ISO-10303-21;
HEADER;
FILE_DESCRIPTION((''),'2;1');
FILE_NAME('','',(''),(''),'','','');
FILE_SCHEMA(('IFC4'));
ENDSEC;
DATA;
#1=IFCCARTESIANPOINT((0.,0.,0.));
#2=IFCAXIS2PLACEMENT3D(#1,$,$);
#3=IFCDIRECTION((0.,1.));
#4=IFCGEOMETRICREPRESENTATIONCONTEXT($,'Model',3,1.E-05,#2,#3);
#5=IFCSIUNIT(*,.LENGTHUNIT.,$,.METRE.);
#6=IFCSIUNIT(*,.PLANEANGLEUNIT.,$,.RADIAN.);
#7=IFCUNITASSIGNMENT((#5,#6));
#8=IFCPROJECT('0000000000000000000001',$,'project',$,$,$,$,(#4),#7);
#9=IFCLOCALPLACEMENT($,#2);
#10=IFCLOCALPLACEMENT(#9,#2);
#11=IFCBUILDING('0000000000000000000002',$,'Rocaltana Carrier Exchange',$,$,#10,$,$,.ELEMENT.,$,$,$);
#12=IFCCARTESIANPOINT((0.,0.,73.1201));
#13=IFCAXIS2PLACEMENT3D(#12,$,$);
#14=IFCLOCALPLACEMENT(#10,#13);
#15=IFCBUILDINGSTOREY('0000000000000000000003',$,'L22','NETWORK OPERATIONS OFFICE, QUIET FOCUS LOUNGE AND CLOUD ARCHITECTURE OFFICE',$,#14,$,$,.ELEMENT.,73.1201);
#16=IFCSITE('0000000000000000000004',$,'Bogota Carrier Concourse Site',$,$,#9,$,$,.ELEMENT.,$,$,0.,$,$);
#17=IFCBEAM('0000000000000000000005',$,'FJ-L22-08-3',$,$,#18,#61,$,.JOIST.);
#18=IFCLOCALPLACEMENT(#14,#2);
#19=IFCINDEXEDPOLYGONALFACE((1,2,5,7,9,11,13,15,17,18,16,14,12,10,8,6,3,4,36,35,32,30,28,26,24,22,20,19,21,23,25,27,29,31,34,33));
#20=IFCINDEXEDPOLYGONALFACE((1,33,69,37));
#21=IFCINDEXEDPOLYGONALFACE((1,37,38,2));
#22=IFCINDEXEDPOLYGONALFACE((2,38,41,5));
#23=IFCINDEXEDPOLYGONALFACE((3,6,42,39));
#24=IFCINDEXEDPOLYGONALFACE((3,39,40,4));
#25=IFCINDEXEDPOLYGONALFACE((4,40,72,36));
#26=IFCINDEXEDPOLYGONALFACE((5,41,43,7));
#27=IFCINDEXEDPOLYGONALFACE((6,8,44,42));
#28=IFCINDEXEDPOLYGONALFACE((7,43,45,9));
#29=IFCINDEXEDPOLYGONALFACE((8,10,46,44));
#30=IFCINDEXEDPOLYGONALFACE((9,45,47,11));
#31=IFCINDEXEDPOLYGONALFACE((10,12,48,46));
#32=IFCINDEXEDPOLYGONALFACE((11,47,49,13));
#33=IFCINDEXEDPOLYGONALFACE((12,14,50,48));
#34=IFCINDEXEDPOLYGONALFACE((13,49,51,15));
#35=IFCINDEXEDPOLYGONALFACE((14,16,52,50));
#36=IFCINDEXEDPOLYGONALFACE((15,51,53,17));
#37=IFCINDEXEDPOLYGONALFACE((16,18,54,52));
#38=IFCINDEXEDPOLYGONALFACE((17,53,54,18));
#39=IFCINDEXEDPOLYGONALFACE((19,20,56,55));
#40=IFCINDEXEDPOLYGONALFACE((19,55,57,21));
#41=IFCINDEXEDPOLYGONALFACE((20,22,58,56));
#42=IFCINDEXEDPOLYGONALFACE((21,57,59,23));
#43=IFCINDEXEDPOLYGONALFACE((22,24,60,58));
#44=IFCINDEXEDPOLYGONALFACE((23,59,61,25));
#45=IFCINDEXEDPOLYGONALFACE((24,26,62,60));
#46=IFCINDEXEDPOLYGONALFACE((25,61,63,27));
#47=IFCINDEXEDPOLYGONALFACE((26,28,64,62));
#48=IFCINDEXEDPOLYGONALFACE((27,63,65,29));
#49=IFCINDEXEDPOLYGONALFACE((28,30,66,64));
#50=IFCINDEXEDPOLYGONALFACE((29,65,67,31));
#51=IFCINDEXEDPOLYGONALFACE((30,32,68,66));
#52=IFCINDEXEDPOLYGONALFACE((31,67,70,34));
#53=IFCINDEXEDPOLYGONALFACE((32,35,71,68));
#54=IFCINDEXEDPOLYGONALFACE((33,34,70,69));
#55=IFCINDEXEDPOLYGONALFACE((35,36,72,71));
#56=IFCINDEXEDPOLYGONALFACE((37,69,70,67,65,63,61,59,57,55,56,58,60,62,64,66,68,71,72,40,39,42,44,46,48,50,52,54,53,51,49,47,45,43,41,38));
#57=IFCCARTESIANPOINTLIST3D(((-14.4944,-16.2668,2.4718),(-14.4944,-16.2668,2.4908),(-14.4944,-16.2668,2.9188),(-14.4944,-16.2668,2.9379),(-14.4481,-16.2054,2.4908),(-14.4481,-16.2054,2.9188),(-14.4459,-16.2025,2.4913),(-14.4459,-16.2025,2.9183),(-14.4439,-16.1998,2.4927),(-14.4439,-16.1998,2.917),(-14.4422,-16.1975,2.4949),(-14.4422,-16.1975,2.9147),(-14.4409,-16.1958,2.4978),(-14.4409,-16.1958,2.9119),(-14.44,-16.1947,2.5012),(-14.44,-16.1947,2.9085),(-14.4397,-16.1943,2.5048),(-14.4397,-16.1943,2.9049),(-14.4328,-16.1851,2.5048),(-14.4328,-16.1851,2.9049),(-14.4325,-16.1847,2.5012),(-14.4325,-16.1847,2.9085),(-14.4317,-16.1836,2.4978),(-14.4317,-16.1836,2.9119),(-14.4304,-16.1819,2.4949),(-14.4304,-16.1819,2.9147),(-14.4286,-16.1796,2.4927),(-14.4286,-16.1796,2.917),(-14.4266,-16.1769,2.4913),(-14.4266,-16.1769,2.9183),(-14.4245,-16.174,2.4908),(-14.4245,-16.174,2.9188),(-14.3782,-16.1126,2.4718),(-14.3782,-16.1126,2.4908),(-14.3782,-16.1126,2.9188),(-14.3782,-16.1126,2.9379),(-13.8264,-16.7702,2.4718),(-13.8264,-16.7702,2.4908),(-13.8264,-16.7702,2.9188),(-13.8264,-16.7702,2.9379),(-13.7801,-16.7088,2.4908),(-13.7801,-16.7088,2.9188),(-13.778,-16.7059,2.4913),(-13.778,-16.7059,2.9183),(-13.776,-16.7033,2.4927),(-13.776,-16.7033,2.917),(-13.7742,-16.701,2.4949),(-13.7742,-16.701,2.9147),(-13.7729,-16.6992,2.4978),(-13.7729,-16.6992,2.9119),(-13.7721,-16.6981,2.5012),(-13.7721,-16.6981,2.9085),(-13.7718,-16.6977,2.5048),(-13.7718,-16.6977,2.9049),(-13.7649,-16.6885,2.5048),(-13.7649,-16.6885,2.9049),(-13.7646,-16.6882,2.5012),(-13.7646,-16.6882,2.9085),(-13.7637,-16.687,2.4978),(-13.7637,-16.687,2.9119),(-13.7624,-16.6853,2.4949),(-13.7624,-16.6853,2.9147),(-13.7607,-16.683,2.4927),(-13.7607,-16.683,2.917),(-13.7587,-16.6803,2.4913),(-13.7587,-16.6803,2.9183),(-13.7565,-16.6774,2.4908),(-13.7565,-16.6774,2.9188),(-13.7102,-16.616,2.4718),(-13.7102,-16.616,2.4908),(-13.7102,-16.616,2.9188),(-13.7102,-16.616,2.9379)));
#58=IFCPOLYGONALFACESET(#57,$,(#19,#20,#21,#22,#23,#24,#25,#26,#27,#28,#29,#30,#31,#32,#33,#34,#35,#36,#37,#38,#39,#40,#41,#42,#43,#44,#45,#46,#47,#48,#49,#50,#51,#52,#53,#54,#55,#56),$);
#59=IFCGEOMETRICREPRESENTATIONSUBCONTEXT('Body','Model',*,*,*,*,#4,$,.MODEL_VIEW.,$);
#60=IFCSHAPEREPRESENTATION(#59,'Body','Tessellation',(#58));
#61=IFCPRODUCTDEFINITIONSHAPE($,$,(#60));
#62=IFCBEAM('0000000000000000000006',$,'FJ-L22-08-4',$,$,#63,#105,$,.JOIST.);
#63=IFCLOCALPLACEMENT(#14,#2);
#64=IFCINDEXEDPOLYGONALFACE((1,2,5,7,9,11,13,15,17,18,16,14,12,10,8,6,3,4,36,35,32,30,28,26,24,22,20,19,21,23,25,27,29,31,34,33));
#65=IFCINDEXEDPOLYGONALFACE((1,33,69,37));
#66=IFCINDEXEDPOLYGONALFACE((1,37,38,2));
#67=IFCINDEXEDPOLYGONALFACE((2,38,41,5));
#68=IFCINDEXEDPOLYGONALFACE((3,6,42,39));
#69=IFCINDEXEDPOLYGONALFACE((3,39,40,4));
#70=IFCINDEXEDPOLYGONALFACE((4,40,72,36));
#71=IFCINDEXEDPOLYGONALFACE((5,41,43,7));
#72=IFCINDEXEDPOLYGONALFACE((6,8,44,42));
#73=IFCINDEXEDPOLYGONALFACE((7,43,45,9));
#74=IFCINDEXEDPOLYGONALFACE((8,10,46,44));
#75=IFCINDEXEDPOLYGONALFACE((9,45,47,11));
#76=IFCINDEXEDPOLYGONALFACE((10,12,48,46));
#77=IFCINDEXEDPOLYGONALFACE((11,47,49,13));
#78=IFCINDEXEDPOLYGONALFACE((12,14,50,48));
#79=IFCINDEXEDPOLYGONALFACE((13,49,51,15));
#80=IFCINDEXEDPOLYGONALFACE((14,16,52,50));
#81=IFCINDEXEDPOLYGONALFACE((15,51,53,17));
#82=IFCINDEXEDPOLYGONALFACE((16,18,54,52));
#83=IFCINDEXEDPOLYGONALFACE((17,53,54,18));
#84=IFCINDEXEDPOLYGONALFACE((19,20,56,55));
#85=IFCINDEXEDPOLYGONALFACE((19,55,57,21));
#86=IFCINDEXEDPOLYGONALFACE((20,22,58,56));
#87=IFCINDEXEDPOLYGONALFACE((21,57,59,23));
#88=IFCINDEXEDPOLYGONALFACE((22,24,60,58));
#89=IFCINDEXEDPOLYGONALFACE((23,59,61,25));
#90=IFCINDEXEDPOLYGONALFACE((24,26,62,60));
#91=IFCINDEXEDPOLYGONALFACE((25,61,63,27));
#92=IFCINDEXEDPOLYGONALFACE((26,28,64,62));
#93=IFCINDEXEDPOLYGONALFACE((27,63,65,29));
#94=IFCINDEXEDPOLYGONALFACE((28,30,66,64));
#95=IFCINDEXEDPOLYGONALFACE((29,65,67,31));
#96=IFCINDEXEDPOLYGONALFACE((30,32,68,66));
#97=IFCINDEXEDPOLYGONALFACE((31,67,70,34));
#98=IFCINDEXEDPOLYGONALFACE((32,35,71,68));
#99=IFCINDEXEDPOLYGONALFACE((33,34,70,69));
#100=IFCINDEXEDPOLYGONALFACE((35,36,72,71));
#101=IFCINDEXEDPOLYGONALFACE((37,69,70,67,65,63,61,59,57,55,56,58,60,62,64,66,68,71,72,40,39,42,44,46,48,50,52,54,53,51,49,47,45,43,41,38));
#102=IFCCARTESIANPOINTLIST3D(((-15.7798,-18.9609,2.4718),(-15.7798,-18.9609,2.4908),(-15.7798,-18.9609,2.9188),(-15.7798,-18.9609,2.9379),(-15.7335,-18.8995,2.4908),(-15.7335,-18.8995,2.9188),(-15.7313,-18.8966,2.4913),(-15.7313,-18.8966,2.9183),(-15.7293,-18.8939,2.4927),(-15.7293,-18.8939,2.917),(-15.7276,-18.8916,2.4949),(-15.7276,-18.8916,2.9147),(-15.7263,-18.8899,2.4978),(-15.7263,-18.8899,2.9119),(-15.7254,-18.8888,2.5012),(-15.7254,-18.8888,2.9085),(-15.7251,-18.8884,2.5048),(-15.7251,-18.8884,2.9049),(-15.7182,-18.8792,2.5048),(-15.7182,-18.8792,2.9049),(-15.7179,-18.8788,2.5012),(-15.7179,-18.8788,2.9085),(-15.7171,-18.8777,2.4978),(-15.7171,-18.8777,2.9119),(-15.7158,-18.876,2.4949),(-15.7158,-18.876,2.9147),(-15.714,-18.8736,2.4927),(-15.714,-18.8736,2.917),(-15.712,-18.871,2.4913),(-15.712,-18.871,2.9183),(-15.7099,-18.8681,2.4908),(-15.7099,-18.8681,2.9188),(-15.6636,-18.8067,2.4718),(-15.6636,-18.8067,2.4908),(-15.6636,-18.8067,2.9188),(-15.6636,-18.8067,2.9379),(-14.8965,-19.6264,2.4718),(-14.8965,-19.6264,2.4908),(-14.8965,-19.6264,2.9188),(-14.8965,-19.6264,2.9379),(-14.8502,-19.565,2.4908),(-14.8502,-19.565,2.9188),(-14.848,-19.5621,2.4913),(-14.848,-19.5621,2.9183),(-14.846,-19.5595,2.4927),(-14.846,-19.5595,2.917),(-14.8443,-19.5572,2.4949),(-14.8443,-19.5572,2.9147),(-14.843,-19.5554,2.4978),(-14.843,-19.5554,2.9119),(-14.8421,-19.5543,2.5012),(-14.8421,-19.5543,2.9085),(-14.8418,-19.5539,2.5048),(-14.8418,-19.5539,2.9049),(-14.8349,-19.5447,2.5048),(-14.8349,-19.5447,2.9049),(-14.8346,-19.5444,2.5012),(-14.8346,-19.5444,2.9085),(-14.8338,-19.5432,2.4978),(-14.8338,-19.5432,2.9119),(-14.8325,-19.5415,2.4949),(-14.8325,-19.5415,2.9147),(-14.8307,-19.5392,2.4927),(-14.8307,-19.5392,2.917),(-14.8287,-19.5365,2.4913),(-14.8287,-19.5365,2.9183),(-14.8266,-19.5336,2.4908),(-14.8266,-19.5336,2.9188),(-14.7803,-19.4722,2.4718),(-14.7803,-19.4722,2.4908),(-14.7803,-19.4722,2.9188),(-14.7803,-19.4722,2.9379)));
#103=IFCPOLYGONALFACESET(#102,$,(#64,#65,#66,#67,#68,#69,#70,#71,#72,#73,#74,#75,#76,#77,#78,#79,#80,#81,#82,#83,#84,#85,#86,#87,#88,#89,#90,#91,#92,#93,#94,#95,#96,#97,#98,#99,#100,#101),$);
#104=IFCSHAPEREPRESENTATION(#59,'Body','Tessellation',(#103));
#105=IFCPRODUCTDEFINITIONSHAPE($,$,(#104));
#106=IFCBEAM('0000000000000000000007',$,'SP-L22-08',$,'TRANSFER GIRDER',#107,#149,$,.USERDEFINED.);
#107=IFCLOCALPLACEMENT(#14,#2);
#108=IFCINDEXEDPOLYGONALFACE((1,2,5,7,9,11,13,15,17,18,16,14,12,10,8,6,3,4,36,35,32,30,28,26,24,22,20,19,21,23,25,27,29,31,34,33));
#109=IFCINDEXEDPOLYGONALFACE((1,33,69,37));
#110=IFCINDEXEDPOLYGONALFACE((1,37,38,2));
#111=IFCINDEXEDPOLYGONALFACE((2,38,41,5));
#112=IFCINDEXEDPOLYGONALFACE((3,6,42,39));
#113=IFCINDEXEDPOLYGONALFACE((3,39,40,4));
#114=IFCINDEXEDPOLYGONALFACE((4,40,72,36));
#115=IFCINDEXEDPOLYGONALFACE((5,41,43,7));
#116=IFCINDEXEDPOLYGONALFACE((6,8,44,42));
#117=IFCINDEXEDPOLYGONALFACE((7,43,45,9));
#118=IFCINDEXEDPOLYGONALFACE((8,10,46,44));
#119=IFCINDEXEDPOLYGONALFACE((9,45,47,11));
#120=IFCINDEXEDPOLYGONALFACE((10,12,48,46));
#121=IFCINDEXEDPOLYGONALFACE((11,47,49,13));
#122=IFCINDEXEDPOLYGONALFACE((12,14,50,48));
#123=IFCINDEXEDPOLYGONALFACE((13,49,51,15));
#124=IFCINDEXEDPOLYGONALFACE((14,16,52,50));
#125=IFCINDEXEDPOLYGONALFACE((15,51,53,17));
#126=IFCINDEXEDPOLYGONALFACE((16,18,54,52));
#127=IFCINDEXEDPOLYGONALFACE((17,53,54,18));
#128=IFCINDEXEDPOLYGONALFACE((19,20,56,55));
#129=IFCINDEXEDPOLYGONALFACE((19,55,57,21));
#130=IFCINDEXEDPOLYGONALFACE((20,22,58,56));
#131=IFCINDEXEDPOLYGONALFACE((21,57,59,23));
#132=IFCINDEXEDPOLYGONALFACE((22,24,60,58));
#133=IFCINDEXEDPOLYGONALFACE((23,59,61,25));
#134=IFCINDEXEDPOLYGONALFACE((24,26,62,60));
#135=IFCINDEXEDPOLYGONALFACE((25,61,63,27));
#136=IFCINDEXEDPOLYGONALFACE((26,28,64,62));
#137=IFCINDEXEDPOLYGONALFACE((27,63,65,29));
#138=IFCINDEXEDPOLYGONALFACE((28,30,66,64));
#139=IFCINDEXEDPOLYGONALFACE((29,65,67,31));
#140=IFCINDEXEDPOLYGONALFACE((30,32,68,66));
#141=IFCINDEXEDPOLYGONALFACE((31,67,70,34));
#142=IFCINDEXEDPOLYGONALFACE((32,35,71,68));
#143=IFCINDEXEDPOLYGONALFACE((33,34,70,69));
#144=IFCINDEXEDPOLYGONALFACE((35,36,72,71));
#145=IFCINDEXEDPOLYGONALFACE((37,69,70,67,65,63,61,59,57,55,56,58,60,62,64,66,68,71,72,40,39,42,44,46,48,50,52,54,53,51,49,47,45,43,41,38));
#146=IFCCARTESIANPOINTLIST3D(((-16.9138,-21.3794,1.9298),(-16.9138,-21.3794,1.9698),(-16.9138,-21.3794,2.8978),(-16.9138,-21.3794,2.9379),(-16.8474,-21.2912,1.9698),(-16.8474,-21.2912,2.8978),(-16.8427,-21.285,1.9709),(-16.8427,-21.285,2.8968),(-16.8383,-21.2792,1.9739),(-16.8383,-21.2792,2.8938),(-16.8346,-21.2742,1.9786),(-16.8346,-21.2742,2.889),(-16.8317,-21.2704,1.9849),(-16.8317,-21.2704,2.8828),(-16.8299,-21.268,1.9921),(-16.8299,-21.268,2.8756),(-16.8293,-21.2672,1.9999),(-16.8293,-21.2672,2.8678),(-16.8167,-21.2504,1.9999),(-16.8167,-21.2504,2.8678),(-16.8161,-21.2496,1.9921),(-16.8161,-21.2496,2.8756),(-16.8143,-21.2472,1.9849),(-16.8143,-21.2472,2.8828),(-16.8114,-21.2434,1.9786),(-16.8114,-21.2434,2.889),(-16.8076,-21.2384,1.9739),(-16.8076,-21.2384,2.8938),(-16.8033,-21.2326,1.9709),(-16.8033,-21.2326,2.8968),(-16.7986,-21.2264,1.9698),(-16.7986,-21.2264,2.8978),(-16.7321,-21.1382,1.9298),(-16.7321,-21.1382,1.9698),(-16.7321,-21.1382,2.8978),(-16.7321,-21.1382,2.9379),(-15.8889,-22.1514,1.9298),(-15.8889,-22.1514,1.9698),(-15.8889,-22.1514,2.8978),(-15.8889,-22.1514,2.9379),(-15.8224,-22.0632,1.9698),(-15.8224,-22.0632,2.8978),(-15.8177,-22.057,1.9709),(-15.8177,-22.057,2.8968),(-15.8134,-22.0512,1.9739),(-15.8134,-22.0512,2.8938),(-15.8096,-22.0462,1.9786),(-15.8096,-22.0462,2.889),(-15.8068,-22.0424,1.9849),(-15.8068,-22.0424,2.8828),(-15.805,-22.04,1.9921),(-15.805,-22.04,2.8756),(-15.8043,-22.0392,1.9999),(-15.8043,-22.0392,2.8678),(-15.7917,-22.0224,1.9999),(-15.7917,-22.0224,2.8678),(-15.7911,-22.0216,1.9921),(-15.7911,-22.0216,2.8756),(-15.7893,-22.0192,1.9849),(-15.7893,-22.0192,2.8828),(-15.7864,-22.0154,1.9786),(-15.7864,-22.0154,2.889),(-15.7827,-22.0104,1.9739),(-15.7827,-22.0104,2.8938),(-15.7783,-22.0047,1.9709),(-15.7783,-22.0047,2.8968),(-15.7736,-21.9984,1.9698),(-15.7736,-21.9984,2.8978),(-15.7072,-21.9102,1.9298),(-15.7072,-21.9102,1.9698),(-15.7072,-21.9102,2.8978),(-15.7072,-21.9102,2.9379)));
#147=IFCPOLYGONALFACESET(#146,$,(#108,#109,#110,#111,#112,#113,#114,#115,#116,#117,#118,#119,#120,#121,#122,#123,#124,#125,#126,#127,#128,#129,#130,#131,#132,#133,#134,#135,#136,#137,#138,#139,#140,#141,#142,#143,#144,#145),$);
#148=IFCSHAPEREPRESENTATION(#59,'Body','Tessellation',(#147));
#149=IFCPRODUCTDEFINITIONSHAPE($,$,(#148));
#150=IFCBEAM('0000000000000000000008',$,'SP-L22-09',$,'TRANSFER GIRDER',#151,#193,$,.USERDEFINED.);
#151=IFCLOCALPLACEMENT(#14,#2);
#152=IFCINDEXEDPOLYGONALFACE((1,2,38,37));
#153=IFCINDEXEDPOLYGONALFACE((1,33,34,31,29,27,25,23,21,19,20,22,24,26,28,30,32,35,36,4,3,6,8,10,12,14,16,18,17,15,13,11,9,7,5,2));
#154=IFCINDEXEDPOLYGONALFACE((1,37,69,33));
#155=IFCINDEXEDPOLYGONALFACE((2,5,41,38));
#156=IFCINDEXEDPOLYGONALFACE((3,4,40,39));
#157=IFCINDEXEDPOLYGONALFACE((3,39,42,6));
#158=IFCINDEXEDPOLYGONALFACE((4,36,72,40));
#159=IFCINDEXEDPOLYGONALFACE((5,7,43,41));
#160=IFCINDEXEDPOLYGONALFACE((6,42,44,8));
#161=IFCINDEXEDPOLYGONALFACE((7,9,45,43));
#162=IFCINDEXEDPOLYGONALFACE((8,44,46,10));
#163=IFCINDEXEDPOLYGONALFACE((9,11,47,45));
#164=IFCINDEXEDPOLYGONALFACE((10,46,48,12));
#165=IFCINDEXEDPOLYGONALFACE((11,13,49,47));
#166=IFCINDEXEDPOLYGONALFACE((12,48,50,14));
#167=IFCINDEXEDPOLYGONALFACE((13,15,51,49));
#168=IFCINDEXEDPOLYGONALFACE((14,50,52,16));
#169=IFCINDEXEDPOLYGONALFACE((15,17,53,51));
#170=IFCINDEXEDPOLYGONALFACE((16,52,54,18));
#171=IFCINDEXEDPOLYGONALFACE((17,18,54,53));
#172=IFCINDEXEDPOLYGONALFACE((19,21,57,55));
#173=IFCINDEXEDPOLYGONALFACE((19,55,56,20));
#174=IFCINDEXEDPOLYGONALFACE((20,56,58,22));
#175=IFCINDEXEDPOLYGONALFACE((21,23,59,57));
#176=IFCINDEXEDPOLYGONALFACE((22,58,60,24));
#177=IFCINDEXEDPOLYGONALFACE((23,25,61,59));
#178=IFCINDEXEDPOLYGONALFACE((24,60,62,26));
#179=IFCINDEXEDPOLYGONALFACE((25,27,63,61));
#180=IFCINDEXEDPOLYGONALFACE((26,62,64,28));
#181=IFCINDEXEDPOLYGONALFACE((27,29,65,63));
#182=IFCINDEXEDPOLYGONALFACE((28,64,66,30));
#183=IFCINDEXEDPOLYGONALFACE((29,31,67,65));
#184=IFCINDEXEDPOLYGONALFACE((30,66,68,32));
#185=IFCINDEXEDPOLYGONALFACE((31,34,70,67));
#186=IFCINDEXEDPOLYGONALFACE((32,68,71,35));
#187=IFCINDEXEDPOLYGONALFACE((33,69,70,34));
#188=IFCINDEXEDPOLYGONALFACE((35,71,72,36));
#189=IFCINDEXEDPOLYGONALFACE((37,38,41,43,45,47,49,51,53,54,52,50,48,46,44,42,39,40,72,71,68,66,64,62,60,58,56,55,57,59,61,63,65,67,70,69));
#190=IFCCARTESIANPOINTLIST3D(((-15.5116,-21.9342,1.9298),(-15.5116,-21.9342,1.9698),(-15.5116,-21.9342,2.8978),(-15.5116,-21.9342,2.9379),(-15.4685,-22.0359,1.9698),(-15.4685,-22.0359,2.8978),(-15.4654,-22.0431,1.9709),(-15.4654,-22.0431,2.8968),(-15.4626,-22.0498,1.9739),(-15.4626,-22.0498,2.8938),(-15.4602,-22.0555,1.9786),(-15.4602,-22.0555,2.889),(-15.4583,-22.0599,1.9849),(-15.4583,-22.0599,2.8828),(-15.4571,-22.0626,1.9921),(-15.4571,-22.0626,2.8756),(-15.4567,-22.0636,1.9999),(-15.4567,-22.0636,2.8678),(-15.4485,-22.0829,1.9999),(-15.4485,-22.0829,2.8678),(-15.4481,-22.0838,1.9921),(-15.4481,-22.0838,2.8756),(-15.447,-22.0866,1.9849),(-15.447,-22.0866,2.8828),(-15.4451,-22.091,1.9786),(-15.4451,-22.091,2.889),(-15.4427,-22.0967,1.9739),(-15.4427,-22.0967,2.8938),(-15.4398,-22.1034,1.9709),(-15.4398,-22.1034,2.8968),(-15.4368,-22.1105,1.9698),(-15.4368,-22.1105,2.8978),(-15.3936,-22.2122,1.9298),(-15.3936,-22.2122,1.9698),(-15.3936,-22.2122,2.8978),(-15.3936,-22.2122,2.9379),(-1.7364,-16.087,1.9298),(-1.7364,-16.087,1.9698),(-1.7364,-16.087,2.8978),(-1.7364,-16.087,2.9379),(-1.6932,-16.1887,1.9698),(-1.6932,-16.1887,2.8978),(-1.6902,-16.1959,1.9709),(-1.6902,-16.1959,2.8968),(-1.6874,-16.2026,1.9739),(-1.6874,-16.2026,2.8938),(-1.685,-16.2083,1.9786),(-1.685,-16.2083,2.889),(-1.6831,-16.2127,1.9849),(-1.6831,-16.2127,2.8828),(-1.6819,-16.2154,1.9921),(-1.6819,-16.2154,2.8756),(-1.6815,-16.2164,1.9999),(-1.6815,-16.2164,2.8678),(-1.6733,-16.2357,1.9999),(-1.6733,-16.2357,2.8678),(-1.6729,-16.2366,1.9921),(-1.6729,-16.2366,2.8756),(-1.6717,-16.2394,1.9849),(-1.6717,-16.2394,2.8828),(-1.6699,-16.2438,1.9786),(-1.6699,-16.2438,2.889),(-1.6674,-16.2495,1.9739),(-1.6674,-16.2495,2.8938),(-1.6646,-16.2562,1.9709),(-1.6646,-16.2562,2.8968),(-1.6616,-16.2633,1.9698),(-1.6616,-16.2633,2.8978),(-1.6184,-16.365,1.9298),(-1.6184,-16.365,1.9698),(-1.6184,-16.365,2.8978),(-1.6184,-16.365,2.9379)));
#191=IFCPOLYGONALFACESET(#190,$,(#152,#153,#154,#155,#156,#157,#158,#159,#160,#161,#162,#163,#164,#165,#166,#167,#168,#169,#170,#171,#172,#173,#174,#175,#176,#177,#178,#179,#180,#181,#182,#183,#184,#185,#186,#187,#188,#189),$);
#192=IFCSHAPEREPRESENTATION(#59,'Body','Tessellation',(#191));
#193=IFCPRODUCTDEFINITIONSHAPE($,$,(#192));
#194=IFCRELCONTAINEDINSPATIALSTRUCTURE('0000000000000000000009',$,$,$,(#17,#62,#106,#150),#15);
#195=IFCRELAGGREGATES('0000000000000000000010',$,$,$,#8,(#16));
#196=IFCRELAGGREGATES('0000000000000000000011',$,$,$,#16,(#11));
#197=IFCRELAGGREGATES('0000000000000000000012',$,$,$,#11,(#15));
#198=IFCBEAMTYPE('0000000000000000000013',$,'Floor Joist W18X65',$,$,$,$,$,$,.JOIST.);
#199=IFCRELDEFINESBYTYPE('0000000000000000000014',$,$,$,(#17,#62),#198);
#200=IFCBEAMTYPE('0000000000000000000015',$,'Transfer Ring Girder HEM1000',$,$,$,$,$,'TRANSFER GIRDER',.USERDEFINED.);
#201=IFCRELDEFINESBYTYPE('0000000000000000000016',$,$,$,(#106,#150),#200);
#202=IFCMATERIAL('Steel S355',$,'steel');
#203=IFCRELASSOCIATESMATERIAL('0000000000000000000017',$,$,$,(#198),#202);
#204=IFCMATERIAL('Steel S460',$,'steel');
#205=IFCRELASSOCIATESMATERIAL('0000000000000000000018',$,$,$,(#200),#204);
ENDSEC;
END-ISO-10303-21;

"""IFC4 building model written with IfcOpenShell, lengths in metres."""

from ifc_helpers import new_model, si_unit, direction, frame, origin, origin_2d, place, context, subcontext, project, spatial, i_section, extrude, material, material_profile, profile_set, type_object, element, save


model = new_model("IFC4")

# Units and contexts
model_context = context("Model", 3, precision=1e-05, world=origin(), true_north=direction((0.0, 1.0)))
body_context = subcontext(model_context, "Body", "Model", "MODEL_VIEW")
ifc_project = project(units=[si_unit("LENGTHUNIT", "METRE"), si_unit("PLANEANGLEUNIT", "RADIAN")], contexts=[model_context])

# Site, building, storey
site_placement = place(None, origin())
site = spatial("IfcSite", under=ifc_project, at=site_placement, Name="Bogota Carrier Concourse Site", CompositionType="ELEMENT", RefElevation=0.0)
building_placement = place(site_placement, origin())
building = spatial("IfcBuilding", under=site, at=building_placement, Name="Rocaltana Carrier Exchange", CompositionType="ELEMENT")
storey_placement = place(building_placement, frame((0.0, 0.0, 73.1201)))
storey = spatial("IfcBuildingStorey", under=building, at=storey_placement, Name="L22", Description="NETWORK OPERATIONS OFFICE, QUIET FOCUS LOUNGE AND CLOUD ARCHITECTURE OFFICE", CompositionType="ELEMENT", Elevation=73.1201)

# Beams
ifc_material_1 = material(Name="Steel S355", Category="steel")
ifc_material_profile_1 = material_profile(ifc_material_1, i_section(OverallWidth=0.1931, OverallDepth=0.4661, WebThickness=0.0115, FlangeThickness=0.019, FilletRadius=0.0139, at=origin_2d()), Name="W18X65")
ifc_profile_set_1 = profile_set([ifc_material_profile_1], Name="Steel S355")
beam_type_1 = type_object("IfcBeamType", Name="Floor Joist W18X65", PredefinedType="JOIST", material=ifc_profile_set_1)
beam_1_placement = place(storey_placement, frame((-14.4363, -16.1897, 2.7048), z_axis=(0.798597, -0.601866, 0.0), x_axis=(0.601866, 0.798597, 0.0)))
element("IfcBeam", 1, at=beam_1_placement, inside=storey, type_object=beam_type_1, Name="FJ-L22-08-3", PredefinedType="JOIST", context=body_context, shape_type="SweptSolid", body=[
    extrude(i_section(OverallWidth=0.1931, OverallDepth=0.4661, WebThickness=0.0115, FlangeThickness=0.019, FilletRadius=0.0139, at=origin_2d()), origin(), (0.0, 0.0, 1.0), 0.8364),
])
beam_2_placement = place(storey_placement, frame((-15.7217, -18.8838, 2.7048), z_axis=(0.798674, -0.601765, 0.0), x_axis=(0.601765, 0.798674, 0.0)))
element("IfcBeam", 2, at=beam_2_placement, inside=storey, type_object=beam_type_1, Name="FJ-L22-08-4", PredefinedType="JOIST", context=body_context, shape_type="SweptSolid", body=[
    extrude(i_section(OverallWidth=0.1931, OverallDepth=0.4661, WebThickness=0.0115, FlangeThickness=0.019, FilletRadius=0.0139, at=origin_2d()), origin(), (0.0, 0.0, 1.0), 1.106),
])
ifc_material_2 = material(Name="Steel S460", Category="steel")
ifc_material_profile_2 = material_profile(ifc_material_2, i_section(OverallWidth=0.302, OverallDepth=1.0081, WebThickness=0.021, FlangeThickness=0.04, FilletRadius=0.03, at=origin_2d()), Name="HEM1000")
ifc_profile_set_2 = profile_set([ifc_material_profile_2], Name="Steel S460")
beam_type_2 = type_object("IfcBeamType", Name="Transfer Ring Girder HEM1000", ElementType="TRANSFER GIRDER", PredefinedType="USERDEFINED", material=ifc_profile_set_2)
beam_3_placement = place(storey_placement, frame((-16.823, -21.2588, 2.4338), z_axis=(0.798765, -0.601643, 0.0), x_axis=(0.601643, 0.798765, 0.0)))
element("IfcBeam", 3, at=beam_3_placement, inside=storey, type_object=beam_type_2, Name="SP-L22-08", ObjectType="TRANSFER GIRDER", PredefinedType="USERDEFINED", context=body_context, shape_type="SweptSolid", body=[
    extrude(i_section(OverallWidth=0.302, OverallDepth=1.0081, WebThickness=0.021, FlangeThickness=0.04, FilletRadius=0.03, at=origin_2d()), origin(), (0.0, 0.0, 1.0), 1.2832),
])
beam_4_placement = place(storey_placement, frame((-15.4526, -22.0732, 2.4338), z_axis=(0.920506, 0.390729, 0.0), x_axis=(-0.390729, 0.920506, 0.0)))
element("IfcBeam", 4, at=beam_4_placement, inside=storey, type_object=beam_type_2, Name="SP-L22-09", ObjectType="TRANSFER GIRDER", PredefinedType="USERDEFINED", context=body_context, shape_type="SweptSolid", body=[
    extrude(i_section(OverallWidth=0.302, OverallDepth=1.0081, WebThickness=0.021, FlangeThickness=0.04, FilletRadius=0.03, at=origin_2d()), origin(), (0.0, 0.0, 1.0), 14.9648),
])

save(model, "model.ifc")
